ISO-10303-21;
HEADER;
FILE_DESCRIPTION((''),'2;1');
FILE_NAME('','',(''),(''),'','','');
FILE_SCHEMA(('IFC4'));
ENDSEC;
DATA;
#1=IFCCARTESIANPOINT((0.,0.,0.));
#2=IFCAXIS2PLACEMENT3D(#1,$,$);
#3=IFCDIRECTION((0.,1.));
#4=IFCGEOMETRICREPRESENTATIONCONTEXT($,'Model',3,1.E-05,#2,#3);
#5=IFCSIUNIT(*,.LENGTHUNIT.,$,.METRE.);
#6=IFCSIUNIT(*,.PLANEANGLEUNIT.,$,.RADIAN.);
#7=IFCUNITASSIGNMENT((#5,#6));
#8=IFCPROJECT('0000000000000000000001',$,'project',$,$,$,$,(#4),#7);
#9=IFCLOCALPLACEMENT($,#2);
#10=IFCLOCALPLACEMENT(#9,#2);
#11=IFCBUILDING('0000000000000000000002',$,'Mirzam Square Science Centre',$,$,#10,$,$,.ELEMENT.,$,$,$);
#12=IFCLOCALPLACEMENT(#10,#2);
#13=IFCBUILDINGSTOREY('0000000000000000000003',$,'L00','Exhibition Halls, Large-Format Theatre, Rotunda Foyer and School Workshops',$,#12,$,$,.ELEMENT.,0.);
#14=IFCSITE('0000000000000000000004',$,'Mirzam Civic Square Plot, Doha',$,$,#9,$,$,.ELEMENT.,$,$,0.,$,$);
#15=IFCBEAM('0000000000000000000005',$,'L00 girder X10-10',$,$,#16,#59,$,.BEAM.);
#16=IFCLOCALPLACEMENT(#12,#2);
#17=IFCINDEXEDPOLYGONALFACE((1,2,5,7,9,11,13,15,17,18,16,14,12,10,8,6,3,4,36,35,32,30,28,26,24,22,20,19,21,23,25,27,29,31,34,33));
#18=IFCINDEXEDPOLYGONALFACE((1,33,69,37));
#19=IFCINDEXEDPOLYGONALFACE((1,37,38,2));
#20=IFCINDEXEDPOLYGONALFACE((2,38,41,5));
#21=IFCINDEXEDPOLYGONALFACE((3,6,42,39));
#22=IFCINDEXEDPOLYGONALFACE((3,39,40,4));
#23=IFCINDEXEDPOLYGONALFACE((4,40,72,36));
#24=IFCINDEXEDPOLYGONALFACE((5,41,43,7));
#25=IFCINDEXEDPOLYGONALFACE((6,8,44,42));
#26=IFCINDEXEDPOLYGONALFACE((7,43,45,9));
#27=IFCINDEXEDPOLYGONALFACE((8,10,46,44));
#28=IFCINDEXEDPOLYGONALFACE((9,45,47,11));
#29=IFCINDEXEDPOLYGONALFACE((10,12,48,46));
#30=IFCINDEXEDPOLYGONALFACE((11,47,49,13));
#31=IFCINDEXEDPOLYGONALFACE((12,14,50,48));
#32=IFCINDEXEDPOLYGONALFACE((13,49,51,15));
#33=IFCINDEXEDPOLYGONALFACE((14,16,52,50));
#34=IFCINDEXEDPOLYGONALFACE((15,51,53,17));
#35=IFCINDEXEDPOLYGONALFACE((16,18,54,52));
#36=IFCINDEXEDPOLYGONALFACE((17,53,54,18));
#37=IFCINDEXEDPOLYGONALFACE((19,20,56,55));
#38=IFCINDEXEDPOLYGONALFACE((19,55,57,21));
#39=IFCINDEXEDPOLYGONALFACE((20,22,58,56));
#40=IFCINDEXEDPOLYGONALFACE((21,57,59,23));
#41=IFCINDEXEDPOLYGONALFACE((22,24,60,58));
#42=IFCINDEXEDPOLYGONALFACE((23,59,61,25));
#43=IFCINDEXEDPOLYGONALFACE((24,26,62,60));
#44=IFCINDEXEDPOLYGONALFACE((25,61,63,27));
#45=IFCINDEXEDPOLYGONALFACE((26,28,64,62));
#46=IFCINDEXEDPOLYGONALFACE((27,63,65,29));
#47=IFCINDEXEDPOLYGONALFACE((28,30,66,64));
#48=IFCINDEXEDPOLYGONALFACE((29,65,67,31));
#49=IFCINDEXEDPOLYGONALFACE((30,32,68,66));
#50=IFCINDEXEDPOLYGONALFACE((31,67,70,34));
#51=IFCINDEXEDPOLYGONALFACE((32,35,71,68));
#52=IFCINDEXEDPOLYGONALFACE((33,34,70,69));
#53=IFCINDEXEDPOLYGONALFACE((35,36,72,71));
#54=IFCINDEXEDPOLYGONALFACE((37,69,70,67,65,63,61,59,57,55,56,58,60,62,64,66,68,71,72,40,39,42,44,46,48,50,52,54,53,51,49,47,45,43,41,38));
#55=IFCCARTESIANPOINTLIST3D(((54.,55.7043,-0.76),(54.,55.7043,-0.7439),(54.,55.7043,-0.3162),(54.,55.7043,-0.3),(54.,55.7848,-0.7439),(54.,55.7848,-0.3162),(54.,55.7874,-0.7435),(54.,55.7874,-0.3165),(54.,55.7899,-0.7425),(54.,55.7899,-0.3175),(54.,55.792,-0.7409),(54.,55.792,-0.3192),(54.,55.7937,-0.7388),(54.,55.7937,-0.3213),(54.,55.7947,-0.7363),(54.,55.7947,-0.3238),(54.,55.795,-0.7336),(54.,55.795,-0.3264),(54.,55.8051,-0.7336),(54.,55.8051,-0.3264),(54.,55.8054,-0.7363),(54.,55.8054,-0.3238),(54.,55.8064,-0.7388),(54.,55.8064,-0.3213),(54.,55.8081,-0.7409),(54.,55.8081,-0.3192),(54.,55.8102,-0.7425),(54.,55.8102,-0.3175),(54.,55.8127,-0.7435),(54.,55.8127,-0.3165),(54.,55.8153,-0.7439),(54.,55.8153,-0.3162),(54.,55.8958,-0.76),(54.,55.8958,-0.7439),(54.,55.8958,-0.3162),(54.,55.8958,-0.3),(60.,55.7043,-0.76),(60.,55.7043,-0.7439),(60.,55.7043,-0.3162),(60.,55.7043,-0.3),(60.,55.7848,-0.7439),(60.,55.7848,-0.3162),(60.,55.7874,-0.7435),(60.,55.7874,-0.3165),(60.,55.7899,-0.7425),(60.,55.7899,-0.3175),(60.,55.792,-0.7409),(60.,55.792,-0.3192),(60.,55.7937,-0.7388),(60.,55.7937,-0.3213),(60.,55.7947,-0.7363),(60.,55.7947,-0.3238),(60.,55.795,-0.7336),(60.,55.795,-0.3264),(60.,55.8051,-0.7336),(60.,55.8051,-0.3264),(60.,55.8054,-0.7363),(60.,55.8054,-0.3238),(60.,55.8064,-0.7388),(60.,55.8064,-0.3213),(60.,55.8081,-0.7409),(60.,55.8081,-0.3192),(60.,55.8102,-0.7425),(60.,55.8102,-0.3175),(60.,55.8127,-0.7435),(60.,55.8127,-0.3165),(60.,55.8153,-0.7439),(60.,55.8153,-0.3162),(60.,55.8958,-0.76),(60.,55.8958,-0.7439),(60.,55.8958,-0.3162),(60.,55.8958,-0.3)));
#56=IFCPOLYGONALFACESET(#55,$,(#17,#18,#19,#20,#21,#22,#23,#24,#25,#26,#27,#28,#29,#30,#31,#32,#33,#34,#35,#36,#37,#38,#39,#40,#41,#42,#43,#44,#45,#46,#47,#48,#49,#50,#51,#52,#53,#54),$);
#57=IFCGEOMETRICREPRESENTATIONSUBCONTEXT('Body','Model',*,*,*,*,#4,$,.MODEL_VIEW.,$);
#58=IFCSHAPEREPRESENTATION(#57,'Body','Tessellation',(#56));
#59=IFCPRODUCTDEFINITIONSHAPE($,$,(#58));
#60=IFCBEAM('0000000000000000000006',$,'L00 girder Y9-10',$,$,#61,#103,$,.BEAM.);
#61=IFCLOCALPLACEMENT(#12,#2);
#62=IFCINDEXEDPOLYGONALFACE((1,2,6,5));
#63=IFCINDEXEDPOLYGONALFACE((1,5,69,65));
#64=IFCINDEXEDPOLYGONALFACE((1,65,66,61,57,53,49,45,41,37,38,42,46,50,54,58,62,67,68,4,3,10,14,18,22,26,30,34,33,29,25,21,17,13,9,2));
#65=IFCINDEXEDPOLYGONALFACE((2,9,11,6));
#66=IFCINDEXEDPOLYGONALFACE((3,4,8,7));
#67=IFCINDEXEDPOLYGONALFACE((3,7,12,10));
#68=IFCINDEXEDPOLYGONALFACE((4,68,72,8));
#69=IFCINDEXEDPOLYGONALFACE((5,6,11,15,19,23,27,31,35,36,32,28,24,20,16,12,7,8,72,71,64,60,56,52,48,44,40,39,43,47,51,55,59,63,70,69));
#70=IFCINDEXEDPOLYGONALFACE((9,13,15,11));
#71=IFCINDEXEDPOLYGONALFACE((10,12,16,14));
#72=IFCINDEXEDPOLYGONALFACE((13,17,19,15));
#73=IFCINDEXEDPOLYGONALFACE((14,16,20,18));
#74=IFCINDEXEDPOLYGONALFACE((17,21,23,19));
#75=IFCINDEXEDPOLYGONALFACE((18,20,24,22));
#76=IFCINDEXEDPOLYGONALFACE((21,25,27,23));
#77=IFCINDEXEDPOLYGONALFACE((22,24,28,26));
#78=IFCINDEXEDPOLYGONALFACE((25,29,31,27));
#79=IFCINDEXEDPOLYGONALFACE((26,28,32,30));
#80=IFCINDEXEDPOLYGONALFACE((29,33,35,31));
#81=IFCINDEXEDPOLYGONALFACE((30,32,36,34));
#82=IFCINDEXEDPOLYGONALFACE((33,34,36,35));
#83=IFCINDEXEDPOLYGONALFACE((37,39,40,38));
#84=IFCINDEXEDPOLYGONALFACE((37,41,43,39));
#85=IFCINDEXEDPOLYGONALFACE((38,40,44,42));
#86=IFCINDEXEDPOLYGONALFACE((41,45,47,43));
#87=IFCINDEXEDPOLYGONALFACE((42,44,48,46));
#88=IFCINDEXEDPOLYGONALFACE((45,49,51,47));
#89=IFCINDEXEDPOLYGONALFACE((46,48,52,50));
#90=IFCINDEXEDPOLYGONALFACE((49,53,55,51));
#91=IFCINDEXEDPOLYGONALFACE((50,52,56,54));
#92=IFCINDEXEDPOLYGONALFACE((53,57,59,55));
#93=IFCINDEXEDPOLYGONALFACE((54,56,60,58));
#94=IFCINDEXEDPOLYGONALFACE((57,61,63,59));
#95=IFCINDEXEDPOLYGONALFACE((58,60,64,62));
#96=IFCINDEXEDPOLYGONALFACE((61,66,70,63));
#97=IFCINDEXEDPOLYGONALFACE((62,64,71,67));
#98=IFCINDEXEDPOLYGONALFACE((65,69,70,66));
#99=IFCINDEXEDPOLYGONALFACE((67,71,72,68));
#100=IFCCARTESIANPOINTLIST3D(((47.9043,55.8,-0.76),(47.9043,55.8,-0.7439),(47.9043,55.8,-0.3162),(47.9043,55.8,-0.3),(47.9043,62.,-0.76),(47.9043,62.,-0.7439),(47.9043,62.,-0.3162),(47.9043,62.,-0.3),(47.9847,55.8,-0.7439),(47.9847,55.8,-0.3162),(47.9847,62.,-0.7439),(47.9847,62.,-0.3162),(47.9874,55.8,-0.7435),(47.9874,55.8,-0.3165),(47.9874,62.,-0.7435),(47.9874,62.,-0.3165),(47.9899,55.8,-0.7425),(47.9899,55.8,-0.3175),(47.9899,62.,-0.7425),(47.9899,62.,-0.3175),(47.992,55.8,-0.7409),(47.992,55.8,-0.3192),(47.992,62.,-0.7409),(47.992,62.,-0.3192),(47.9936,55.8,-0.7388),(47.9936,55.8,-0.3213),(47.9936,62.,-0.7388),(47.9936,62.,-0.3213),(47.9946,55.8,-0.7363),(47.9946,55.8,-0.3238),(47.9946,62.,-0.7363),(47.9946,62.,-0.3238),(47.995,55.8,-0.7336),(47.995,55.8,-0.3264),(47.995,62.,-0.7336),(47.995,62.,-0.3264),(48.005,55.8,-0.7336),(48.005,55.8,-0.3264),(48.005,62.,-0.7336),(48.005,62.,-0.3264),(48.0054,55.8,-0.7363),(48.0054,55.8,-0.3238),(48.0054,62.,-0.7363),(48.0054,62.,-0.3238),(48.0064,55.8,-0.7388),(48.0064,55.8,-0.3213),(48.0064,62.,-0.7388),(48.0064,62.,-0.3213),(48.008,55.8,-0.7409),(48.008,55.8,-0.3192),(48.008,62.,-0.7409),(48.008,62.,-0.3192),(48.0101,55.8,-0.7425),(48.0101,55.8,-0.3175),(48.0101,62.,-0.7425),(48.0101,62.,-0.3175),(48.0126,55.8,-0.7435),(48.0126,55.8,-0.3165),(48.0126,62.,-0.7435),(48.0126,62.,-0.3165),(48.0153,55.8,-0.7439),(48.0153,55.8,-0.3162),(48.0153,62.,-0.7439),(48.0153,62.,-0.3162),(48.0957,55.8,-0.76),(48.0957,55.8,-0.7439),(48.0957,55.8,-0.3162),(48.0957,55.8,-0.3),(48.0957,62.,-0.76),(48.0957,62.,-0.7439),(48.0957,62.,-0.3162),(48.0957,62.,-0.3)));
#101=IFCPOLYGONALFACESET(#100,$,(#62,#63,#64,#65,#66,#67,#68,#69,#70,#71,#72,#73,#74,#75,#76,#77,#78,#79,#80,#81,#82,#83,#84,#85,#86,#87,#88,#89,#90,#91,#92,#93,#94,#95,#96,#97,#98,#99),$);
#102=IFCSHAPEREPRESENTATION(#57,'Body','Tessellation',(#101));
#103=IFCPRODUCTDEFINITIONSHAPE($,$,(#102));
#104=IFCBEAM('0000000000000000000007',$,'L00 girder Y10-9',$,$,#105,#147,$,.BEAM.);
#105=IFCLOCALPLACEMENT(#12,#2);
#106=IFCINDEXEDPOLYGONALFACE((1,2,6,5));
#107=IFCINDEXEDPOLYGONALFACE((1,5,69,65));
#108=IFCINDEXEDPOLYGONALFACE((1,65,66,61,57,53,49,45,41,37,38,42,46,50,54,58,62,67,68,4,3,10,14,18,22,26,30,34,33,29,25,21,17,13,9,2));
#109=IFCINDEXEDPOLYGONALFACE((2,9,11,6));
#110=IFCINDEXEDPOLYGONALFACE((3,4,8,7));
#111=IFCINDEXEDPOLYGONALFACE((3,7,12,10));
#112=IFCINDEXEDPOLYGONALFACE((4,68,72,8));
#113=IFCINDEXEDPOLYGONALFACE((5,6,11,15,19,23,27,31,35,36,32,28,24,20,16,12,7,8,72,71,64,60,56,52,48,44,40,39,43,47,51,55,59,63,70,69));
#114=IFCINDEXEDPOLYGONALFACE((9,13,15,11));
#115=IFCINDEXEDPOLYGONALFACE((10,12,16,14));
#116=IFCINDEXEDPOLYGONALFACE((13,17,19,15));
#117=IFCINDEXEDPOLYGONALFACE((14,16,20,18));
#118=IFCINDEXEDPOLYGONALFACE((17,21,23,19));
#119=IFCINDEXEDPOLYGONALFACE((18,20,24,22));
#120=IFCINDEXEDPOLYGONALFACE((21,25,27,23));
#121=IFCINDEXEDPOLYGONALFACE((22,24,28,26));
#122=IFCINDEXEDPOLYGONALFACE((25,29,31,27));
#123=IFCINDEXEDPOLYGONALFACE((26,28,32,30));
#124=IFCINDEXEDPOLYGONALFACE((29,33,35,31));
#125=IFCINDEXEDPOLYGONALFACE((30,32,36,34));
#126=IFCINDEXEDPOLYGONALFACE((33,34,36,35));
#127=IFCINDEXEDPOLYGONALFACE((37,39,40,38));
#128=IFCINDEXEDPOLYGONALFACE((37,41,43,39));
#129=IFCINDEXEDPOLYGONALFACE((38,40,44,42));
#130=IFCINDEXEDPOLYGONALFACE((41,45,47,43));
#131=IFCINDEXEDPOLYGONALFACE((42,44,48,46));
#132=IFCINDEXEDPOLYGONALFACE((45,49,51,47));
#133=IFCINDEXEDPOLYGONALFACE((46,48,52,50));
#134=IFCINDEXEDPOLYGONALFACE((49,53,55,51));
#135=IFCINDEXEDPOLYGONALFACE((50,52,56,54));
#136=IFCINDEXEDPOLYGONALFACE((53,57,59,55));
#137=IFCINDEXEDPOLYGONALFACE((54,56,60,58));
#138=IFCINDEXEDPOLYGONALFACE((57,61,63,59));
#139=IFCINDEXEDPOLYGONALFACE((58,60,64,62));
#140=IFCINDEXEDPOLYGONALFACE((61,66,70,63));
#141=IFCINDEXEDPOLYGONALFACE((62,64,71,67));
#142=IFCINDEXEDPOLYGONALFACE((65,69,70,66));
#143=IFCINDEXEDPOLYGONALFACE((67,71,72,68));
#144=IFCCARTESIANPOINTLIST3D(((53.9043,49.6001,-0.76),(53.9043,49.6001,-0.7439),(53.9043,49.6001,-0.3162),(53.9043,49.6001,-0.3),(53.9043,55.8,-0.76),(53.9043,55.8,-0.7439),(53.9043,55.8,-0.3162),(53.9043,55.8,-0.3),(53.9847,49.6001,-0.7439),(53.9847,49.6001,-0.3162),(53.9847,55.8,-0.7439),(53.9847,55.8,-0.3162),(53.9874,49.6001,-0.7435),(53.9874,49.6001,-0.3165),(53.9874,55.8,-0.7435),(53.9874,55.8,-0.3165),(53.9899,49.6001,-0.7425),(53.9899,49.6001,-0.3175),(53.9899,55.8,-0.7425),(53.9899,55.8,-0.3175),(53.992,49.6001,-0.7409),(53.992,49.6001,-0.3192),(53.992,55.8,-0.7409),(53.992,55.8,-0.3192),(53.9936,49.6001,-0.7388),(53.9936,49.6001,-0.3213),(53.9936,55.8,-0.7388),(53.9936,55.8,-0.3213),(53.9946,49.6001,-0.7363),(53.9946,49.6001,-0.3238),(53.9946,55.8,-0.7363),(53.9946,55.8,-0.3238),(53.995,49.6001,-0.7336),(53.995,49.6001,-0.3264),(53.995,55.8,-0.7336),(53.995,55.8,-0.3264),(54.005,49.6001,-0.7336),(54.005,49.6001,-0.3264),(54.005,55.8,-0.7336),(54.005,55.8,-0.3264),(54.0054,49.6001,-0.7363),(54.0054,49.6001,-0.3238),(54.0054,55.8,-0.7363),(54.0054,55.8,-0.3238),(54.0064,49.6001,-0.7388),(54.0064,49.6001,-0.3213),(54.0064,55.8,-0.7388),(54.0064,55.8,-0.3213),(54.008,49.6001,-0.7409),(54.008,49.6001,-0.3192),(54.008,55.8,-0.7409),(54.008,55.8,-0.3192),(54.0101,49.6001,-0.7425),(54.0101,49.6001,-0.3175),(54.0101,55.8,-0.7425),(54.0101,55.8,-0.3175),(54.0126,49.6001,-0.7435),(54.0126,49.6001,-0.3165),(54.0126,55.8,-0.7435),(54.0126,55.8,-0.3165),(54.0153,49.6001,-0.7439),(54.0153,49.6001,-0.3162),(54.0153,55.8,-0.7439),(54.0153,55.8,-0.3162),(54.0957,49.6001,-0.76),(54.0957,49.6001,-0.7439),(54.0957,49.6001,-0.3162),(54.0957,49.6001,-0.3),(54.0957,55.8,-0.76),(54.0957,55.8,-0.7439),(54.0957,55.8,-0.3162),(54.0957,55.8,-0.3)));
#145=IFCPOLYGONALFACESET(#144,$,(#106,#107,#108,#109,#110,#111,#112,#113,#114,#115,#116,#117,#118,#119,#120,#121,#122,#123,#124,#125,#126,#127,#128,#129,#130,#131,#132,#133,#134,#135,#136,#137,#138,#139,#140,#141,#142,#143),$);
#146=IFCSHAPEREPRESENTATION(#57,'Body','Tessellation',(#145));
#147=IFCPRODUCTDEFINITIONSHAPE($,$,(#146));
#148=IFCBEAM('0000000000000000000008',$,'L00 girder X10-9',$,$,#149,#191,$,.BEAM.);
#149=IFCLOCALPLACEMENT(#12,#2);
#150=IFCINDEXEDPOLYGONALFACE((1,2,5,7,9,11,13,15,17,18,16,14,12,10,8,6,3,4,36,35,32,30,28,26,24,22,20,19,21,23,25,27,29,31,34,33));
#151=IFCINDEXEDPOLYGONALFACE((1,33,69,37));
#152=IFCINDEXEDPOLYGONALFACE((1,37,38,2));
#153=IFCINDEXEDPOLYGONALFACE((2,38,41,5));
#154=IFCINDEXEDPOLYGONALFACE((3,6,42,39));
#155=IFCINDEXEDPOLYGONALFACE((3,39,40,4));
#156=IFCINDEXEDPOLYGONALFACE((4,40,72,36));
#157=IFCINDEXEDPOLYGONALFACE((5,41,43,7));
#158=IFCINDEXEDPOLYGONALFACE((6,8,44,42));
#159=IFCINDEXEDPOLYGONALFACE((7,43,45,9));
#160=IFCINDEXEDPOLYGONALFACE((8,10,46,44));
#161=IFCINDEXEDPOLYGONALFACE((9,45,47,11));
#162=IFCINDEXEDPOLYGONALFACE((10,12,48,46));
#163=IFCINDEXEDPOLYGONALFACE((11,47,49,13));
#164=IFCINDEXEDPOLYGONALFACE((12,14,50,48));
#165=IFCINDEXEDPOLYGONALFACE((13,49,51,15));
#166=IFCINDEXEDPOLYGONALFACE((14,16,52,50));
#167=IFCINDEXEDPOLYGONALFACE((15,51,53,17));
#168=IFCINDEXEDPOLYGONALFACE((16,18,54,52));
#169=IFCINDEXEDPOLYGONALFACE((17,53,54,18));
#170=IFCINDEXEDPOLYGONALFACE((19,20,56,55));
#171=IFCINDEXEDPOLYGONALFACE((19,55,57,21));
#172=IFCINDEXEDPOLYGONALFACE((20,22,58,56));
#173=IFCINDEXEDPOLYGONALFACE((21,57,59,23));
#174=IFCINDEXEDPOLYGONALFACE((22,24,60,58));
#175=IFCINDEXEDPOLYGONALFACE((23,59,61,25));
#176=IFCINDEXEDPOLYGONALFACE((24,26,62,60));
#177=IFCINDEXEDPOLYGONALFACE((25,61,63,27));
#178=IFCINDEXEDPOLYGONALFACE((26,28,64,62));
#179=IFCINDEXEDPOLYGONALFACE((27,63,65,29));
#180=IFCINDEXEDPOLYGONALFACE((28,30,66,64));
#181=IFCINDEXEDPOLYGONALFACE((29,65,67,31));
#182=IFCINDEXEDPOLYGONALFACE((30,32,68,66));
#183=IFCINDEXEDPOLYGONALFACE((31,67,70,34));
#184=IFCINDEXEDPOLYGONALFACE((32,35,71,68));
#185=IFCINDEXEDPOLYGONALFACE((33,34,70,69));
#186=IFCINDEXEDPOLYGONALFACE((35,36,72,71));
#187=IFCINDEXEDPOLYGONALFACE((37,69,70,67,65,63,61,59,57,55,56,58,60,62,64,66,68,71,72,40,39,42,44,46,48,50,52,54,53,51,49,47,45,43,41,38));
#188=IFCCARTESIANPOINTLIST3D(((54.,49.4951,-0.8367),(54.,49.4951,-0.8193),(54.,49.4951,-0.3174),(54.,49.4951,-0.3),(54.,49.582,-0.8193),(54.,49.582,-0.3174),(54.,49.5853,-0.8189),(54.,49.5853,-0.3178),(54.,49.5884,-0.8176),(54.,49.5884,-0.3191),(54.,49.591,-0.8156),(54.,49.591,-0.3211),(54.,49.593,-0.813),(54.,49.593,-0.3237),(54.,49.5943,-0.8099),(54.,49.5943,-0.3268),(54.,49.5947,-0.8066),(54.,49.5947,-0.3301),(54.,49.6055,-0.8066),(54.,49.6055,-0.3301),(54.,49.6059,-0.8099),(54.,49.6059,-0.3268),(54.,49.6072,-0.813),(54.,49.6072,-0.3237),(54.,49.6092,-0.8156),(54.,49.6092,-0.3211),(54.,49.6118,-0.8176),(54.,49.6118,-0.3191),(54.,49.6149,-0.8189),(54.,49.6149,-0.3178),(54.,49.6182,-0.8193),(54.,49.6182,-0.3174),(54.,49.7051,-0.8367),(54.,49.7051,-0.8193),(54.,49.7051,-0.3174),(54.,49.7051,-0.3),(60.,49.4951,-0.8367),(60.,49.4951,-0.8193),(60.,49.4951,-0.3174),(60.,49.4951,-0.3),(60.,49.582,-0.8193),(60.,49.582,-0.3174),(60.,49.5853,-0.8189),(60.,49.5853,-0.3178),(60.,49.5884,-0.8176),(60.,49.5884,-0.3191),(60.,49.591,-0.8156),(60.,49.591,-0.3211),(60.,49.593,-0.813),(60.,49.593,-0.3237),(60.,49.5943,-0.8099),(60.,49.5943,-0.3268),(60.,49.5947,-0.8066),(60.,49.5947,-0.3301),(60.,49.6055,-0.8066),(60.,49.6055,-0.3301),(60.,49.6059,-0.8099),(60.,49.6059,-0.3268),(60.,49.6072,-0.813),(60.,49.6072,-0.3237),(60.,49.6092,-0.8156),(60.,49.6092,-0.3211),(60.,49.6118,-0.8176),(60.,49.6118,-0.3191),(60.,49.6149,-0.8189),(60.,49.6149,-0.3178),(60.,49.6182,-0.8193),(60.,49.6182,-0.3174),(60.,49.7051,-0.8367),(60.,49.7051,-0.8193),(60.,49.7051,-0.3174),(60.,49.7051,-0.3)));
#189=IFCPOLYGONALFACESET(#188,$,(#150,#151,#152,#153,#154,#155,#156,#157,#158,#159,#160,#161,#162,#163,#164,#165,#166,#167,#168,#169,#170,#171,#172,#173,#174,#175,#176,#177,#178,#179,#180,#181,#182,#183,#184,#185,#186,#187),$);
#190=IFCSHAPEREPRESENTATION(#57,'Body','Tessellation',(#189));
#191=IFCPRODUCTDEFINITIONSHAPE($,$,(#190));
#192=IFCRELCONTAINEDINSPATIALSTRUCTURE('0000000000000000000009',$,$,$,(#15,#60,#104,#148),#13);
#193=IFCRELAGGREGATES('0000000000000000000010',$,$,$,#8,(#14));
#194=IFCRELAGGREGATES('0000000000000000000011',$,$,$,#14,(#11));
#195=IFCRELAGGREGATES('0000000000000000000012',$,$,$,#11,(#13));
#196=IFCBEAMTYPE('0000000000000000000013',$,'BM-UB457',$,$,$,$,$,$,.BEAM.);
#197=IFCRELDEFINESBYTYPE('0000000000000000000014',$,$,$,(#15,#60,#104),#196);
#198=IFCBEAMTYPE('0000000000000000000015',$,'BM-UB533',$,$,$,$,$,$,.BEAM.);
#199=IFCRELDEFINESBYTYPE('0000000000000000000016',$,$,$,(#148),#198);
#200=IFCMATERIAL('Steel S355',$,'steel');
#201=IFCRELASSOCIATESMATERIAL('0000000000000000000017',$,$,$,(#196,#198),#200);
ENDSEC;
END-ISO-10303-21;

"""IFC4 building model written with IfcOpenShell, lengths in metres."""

from ifc_helpers import new_model, si_unit, direction, frame, origin, origin_2d, place, context, subcontext, project, spatial, i_section, extrude, material, material_profile, profile_set, type_object, element, save


model = new_model("IFC4")

# Units and contexts
model_context = context("Model", 3, precision=1e-05, world=origin(), true_north=direction((0.0, 1.0)))
body_context = subcontext(model_context, "Body", "Model", "MODEL_VIEW")
ifc_project = project(units=[si_unit("LENGTHUNIT", "METRE"), si_unit("PLANEANGLEUNIT", "RADIAN")], contexts=[model_context])

# Site, building, storey
site_placement = place(None, origin())
site = spatial("IfcSite", under=ifc_project, at=site_placement, Name="Mirzam Civic Square Plot, Doha", CompositionType="ELEMENT", RefElevation=0.0)
building_placement = place(site_placement, origin())
building = spatial("IfcBuilding", under=site, at=building_placement, Name="Mirzam Square Science Centre", CompositionType="ELEMENT")
storey_placement = place(building_placement, origin())
storey = spatial("IfcBuildingStorey", under=building, at=storey_placement, Name="L00", Description="Exhibition Halls, Large-Format Theatre, Rotunda Foyer and School Workshops", CompositionType="ELEMENT", Elevation=0.0)

# Shared definitions
ifc_material_1 = material(Name="Steel S355", Category="steel")

# Beams
ifc_material_profile_1 = material_profile(ifc_material_1, i_section(OverallWidth=0.1914, OverallDepth=0.46, WebThickness=0.01, FlangeThickness=0.0161, FilletRadius=0.0103, at=origin_2d()), Name="457x191x82UB")
ifc_profile_set_1 = profile_set([ifc_material_profile_1], Name="Steel S355")
beam_type_1 = type_object("IfcBeamType", Name="BM-UB457", PredefinedType="BEAM", material=ifc_profile_set_1)
beam_1_placement = place(storey_placement, frame((54.0, 55.8, -0.53), z_axis=(1.0, 0.0, 0.0), x_axis=(0.0, 1.0, 0.0)))
element("IfcBeam", 1, at=beam_1_placement, inside=storey, type_object=beam_type_1, Name="L00 girder X10-10", PredefinedType="BEAM", context=body_context, shape_type="SweptSolid", body=[
    extrude(i_section(OverallWidth=0.1914, OverallDepth=0.46, WebThickness=0.01, FlangeThickness=0.0161, FilletRadius=0.0103, at=origin_2d()), origin(), (0.0, 0.0, 1.0), 6.0),
])
for number, where, z_axis, x_axis, name in (
    (2, (48.0, 55.8, -0.53), (0.0, 1.0, 0.0), (-1.0, 0.0, 0.0), "L00 girder Y9-10"),
    (3, (54.0, 49.6001, -0.53), (0.0, 1.0, 0.0), (-1.0, 0.0, 0.0), "L00 girder Y10-9"),
):
    element("IfcBeam", number, at=place(storey_placement, frame(where, z_axis=z_axis, x_axis=x_axis)), inside=storey, type_object=beam_type_1, Name=name, PredefinedType="BEAM", context=body_context, shape_type="SweptSolid", body=[
        extrude(i_section(OverallWidth=0.1914, OverallDepth=0.46, WebThickness=0.01, FlangeThickness=0.0161, FilletRadius=0.0103, at=origin_2d()), origin(), (0.0, 0.0, 1.0), 6.2),
    ])
ifc_material_profile_2 = material_profile(ifc_material_1, i_section(OverallWidth=0.21, OverallDepth=0.5366, WebThickness=0.0107, FlangeThickness=0.0173, FilletRadius=0.0127, at=origin_2d()), Name="533x210x101UB")
ifc_profile_set_2 = profile_set([ifc_material_profile_2], Name="Steel S355")
beam_type_2 = type_object("IfcBeamType", Name="BM-UB533", PredefinedType="BEAM", material=ifc_profile_set_2)
for number, where, z_axis, x_axis, name in (
    (4, (54.0, 49.6001, -0.5684), (1.0, 0.0, 0.0), (0.0, 1.0, 0.0), "L00 girder X10-9"),
):
    element("IfcBeam", number, at=place(storey_placement, frame(where, z_axis=z_axis, x_axis=x_axis)), inside=storey, type_object=beam_type_2, Name=name, PredefinedType="BEAM", context=body_context, shape_type="SweptSolid", body=[
        extrude(i_section(OverallWidth=0.21, OverallDepth=0.5366, WebThickness=0.0107, FlangeThickness=0.0173, FilletRadius=0.0127, at=origin_2d()), origin(), (0.0, 0.0, 1.0), 6.0),
    ])

save(model, "model.ifc")
